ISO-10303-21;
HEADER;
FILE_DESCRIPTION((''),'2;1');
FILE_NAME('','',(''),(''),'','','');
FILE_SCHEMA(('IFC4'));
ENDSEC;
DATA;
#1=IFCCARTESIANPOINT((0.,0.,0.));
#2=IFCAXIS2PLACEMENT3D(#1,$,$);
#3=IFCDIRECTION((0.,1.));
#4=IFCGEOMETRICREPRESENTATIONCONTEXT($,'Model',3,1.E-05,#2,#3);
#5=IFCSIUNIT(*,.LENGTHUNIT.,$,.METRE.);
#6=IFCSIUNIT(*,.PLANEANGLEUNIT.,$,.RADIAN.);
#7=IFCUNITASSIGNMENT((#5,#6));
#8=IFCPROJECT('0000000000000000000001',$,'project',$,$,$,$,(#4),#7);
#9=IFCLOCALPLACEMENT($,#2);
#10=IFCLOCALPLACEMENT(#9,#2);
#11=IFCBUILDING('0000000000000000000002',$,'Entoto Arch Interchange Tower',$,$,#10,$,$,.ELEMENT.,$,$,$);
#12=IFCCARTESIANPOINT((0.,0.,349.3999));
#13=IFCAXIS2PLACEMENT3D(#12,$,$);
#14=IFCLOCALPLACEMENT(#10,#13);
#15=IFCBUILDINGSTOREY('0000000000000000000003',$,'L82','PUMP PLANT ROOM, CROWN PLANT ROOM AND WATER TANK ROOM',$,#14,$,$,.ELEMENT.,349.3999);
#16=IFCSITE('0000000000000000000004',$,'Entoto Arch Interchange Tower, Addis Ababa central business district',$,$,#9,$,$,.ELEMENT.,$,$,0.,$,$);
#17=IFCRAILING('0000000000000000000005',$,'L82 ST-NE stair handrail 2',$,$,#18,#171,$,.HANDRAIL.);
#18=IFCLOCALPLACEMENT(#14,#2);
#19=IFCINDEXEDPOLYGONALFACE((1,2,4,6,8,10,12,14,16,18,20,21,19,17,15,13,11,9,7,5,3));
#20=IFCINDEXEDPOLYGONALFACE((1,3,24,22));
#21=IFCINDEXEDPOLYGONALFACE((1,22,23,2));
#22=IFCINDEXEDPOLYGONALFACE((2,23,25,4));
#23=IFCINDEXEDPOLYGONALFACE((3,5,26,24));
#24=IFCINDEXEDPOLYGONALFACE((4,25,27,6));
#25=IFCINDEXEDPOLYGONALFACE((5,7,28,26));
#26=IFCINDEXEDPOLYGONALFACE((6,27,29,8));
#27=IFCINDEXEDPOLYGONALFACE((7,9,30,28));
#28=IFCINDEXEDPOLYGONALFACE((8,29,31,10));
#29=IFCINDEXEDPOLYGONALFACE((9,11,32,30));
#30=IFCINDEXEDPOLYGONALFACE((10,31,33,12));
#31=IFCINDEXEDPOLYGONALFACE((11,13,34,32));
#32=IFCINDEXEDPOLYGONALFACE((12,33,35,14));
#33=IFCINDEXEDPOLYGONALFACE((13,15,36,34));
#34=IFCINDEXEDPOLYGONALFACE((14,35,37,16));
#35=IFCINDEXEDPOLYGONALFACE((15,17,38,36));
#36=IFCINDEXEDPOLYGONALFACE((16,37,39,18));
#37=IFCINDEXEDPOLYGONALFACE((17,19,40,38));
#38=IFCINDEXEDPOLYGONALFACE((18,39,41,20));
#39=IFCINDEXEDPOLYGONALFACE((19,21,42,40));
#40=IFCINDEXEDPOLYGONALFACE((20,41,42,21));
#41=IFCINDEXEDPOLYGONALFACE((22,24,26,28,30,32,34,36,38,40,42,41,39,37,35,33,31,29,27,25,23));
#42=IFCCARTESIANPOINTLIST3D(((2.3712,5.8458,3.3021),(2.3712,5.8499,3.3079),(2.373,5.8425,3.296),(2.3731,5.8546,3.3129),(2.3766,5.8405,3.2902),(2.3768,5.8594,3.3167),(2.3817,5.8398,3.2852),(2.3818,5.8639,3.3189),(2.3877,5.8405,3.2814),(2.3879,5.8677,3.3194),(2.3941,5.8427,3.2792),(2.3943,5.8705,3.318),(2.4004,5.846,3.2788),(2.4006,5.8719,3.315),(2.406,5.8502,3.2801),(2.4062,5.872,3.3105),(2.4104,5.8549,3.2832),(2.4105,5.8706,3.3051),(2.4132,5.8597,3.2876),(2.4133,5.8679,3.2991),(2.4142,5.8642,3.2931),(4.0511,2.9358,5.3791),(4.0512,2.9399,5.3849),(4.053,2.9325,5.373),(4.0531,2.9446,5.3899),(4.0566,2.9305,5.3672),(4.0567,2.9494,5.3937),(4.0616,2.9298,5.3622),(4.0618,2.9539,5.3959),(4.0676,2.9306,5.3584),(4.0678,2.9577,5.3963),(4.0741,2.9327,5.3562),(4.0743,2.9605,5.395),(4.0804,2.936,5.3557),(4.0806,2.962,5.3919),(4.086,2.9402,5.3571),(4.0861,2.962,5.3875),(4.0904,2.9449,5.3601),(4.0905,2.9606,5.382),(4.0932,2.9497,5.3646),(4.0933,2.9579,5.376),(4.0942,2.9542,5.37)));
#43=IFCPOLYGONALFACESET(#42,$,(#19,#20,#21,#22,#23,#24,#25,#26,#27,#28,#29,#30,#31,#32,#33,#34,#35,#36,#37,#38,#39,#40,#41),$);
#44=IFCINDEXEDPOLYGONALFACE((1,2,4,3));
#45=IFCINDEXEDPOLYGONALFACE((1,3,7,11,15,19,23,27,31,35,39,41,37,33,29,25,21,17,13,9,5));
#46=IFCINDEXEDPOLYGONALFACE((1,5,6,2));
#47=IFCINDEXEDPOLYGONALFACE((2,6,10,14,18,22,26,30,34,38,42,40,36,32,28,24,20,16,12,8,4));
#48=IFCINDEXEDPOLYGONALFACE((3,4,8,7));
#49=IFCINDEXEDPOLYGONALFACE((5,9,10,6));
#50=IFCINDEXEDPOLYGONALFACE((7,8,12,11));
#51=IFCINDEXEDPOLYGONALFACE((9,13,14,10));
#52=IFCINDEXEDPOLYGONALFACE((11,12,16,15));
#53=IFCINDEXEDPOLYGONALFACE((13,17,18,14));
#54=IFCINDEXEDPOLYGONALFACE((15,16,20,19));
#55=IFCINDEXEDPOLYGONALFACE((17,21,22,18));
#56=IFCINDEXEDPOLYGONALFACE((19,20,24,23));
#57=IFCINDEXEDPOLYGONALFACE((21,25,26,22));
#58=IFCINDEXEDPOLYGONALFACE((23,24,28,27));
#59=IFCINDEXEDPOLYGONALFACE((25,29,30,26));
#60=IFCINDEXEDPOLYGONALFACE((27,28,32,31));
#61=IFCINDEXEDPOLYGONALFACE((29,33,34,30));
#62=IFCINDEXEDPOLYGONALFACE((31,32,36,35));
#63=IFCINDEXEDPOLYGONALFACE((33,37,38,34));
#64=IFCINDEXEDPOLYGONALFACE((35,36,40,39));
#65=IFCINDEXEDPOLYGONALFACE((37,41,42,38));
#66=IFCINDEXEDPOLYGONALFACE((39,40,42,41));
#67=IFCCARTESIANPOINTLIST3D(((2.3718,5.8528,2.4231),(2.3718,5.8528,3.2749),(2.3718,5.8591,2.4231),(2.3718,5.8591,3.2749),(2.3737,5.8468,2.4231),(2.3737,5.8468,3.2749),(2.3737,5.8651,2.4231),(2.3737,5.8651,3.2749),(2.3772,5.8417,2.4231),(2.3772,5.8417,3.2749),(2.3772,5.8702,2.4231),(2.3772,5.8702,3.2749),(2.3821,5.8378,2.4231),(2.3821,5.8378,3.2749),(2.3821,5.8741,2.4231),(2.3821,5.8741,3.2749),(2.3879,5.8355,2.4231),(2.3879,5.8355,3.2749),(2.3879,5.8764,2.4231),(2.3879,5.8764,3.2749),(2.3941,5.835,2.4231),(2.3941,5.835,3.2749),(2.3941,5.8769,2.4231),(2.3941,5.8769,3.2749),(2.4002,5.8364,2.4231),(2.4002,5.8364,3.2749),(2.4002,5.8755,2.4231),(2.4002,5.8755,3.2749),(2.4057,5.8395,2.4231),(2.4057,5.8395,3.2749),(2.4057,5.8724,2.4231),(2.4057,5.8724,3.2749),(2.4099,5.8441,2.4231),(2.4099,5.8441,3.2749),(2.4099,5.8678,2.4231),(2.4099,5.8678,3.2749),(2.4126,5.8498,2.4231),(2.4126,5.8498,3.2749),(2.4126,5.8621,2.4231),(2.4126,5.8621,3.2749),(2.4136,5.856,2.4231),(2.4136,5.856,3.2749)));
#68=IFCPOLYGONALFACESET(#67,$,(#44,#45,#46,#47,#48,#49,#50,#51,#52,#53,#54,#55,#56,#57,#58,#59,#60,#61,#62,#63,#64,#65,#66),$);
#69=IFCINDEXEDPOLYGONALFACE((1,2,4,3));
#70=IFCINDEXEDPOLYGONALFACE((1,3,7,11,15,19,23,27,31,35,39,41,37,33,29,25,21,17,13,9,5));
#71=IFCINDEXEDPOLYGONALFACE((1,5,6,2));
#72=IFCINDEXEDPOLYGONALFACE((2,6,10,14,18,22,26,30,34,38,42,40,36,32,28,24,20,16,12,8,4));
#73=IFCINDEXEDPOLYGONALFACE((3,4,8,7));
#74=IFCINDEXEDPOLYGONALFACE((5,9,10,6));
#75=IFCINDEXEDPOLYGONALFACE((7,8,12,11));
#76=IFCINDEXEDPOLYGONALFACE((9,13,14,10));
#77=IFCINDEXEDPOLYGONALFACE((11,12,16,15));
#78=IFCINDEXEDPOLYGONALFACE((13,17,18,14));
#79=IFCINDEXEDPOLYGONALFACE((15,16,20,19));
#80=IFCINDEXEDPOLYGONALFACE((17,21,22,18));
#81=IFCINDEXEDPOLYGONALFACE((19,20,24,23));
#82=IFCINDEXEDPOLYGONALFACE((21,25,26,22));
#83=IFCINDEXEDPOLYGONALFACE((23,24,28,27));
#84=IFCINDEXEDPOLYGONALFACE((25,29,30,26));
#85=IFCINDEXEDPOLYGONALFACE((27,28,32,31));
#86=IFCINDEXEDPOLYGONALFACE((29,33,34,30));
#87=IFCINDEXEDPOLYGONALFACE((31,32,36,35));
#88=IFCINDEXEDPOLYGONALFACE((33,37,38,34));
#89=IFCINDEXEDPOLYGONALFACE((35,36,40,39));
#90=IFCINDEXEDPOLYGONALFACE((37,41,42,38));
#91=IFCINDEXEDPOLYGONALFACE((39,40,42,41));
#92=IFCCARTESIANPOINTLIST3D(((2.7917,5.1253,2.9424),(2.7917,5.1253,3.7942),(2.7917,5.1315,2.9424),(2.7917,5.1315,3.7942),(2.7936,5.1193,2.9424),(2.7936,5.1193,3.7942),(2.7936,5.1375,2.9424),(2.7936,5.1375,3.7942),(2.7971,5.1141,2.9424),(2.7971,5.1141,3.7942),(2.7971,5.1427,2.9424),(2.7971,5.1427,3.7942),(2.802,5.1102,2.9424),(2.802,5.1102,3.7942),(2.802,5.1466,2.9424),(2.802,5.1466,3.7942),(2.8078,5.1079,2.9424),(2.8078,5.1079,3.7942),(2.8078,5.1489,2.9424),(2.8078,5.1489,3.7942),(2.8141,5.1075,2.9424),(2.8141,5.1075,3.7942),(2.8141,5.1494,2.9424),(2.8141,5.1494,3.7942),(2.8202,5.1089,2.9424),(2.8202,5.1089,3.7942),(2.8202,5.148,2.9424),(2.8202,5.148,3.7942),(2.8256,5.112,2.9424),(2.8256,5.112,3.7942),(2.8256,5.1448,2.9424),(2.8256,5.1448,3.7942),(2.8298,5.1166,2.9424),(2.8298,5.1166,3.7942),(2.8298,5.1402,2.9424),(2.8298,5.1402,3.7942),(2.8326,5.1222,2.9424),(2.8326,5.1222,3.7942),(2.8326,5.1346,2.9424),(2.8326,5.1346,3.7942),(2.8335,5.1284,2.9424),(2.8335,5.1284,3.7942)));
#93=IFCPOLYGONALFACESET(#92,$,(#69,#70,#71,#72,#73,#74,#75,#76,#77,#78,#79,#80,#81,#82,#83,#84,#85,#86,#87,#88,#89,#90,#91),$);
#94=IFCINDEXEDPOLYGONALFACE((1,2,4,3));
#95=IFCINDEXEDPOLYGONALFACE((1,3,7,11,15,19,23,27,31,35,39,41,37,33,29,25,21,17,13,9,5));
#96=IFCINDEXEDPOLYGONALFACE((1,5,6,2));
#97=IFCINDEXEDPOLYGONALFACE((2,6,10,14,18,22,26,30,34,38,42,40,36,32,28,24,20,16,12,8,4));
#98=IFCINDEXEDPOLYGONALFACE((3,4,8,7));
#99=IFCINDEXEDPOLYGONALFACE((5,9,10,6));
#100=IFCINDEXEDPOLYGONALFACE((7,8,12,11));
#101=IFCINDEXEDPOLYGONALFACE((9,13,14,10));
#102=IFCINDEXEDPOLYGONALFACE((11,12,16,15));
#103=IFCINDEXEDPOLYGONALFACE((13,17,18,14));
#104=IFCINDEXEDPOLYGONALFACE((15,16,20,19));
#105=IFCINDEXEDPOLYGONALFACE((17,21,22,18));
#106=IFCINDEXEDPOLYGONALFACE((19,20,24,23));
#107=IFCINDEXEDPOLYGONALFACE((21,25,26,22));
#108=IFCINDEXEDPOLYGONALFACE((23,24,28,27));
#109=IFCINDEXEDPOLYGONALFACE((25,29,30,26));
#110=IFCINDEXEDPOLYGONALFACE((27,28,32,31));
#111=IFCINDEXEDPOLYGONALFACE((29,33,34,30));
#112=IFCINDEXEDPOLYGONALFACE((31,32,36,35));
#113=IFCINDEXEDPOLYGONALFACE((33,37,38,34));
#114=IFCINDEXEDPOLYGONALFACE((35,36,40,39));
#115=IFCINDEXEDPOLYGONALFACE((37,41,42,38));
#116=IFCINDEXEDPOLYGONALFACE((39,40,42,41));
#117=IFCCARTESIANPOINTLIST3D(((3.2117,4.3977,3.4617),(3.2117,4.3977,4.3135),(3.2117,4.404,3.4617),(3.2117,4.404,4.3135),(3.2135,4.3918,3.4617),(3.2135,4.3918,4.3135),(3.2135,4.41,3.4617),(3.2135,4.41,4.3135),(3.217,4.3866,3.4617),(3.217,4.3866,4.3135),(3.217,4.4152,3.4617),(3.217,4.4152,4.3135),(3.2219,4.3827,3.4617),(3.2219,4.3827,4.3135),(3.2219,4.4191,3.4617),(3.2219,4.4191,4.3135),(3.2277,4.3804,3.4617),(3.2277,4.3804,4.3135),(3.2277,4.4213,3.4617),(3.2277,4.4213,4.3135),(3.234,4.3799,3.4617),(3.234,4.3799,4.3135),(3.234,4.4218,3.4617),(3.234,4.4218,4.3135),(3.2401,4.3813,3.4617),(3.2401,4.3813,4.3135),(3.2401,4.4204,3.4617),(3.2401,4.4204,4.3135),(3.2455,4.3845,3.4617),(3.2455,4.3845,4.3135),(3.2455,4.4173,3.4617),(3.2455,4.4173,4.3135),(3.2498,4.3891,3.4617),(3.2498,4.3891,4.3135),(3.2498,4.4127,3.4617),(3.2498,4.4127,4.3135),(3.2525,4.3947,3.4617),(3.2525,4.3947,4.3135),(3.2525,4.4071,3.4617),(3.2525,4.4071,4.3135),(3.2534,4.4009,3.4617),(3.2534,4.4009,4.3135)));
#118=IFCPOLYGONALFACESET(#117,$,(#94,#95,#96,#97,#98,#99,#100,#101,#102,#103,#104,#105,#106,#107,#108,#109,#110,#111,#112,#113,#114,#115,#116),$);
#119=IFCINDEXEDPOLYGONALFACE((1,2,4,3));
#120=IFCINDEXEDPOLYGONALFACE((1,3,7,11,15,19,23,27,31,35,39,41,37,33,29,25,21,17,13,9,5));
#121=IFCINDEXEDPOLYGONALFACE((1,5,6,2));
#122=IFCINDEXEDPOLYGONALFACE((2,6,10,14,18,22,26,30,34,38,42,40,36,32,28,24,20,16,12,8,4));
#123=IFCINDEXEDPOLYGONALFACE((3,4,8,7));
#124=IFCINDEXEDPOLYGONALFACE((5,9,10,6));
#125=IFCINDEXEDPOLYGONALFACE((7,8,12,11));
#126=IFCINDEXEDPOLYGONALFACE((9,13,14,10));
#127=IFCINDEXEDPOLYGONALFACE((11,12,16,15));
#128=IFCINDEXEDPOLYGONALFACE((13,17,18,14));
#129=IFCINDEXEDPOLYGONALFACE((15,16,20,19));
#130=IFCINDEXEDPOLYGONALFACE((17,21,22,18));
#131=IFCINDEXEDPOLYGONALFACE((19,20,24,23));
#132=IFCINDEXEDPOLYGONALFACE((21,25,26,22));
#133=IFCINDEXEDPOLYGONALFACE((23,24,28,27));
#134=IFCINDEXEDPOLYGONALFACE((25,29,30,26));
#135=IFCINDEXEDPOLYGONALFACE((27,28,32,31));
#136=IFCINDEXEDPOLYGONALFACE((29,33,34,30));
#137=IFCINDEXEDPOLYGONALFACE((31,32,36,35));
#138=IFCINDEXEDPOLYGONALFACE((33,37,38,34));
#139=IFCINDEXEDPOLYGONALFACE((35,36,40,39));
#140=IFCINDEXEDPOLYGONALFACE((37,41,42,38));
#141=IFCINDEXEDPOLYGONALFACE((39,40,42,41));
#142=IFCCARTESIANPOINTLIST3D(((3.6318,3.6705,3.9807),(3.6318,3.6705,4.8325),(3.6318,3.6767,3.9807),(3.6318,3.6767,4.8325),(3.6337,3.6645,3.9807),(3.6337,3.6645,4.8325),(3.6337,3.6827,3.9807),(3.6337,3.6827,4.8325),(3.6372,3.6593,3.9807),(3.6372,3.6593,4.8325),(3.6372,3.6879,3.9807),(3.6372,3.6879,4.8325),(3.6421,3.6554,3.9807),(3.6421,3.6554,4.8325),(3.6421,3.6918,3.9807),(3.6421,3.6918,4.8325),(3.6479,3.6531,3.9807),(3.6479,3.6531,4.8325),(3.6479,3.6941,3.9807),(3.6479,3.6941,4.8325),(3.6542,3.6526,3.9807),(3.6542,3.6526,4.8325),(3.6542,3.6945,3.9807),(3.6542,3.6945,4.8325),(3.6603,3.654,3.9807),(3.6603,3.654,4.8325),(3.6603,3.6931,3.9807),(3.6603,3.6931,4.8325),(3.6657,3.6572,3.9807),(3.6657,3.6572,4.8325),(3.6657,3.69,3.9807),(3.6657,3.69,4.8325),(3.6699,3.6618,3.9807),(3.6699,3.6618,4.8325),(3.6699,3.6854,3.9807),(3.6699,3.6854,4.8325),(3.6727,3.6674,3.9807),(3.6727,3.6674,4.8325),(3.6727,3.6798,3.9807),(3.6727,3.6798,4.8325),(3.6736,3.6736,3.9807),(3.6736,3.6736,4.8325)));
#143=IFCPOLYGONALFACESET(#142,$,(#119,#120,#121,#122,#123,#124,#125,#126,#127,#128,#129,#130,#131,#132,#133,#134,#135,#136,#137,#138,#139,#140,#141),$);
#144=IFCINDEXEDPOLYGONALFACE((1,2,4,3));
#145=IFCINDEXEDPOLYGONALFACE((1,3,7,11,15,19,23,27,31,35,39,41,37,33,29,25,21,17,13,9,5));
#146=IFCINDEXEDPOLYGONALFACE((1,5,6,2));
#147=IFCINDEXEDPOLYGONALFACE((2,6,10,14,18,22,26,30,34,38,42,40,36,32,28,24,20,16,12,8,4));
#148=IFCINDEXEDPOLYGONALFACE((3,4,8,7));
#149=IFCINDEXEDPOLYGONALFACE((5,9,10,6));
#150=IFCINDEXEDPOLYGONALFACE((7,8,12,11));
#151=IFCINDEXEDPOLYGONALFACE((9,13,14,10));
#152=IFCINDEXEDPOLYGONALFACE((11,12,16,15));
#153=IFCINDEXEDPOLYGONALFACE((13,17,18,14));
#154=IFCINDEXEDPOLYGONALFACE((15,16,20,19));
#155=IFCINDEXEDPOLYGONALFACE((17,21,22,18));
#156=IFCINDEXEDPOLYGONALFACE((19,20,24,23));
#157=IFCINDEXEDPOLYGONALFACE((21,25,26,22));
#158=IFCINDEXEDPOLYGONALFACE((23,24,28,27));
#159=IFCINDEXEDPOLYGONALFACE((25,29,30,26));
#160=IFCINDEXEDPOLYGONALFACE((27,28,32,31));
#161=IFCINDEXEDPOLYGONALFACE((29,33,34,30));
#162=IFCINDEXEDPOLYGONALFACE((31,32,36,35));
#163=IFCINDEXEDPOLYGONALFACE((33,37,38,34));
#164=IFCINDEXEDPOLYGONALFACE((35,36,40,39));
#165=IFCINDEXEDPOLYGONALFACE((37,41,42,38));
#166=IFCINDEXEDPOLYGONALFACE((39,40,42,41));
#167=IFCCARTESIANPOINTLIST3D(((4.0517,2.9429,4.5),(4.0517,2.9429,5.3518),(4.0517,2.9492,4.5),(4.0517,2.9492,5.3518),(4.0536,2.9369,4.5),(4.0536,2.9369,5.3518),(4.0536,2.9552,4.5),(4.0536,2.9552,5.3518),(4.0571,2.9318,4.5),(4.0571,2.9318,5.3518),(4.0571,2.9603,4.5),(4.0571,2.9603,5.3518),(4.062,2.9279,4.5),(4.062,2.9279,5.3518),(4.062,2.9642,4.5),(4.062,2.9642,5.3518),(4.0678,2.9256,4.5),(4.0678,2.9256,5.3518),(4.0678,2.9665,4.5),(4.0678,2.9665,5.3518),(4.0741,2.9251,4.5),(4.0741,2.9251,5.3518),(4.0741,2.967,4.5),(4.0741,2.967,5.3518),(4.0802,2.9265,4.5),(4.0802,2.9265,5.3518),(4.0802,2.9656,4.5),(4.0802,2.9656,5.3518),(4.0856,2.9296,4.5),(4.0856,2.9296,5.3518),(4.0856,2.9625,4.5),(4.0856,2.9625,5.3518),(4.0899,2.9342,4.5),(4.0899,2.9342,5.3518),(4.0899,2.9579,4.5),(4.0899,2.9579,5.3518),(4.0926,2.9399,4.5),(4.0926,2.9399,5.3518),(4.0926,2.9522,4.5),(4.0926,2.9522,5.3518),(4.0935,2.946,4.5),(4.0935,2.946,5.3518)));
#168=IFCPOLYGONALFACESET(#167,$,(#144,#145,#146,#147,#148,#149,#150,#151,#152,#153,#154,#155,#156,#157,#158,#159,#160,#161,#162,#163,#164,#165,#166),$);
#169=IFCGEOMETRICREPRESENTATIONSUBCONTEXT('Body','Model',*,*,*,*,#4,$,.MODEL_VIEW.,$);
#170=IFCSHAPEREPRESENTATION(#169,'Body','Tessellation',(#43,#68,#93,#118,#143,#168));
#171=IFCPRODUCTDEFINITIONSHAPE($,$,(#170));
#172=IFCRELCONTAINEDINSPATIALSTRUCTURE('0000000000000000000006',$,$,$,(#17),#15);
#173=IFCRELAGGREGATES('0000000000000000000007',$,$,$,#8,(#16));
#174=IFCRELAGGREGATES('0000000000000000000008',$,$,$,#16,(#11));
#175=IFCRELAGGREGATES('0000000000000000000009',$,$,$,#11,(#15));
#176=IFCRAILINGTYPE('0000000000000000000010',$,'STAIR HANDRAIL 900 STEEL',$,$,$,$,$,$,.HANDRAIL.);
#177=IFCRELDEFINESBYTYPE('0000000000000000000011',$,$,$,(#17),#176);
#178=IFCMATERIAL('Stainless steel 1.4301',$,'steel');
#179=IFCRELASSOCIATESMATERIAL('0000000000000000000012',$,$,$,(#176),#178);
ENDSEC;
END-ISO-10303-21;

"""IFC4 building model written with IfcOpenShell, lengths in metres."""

from ifc_helpers import new_model, si_unit, direction, frame, origin, origin_2d, place, context, subcontext, project, spatial, circle, extrude, material, type_object, element, save


model = new_model("IFC4")

# Units and contexts
model_context = context("Model", 3, precision=1e-05, world=origin(), true_north=direction((0.0, 1.0)))
body_context = subcontext(model_context, "Body", "Model", "MODEL_VIEW")
ifc_project = project(units=[si_unit("LENGTHUNIT", "METRE"), si_unit("PLANEANGLEUNIT", "RADIAN")], contexts=[model_context])

# Site, building, storey
site_placement = place(None, origin())
site = spatial("IfcSite", under=ifc_project, at=site_placement, Name="Entoto Arch Interchange Tower, Addis Ababa central business district", CompositionType="ELEMENT", RefElevation=0.0)
building_placement = place(site_placement, origin())
building = spatial("IfcBuilding", under=site, at=building_placement, Name="Entoto Arch Interchange Tower", CompositionType="ELEMENT")
storey_placement = place(building_placement, frame((0.0, 0.0, 349.3999)))
storey = spatial("IfcBuildingStorey", under=building, at=storey_placement, Name="L82", Description="PUMP PLANT ROOM, CROWN PLANT ROOM AND WATER TANK ROOM", CompositionType="ELEMENT", Elevation=349.3999)

# Railing
ifc_material_1 = material(Name="Stainless steel 1.4301", Category="steel")
railing_type_1 = type_object("IfcRailingType", Name="STAIR HANDRAIL 900 STEEL", PredefinedType="HANDRAIL", material=ifc_material_1)
railing_1_placement = place(storey_placement, frame((2.3926, 5.856, 2.4231)))
element("IfcRailing", 1, at=railing_1_placement, inside=storey, type_object=railing_type_1, Name="L82 ST-NE stair handrail 2", PredefinedType="HANDRAIL", context=body_context, shape_type="SweptSolid", body=[
    extrude(circle(Radius=0.0239, at=origin_2d()), frame((0.0, 0.0, 0.876), z_axis=(0.425288, -0.736668, 0.525785), x_axis=(0.866039, 0.499976, 0.0)), (0.0, 0.0, 1.0), 3.9502),
    extrude(circle(Radius=0.021, at=origin_2d()), origin(), (0.0, 0.0, 1.0), 0.8518),
    extrude(circle(Radius=0.021, at=origin_2d()), frame((0.4199, -0.7275, 0.5193)), (0.0, 0.0, 1.0), 0.8518),
    extrude(circle(Radius=0.021, at=origin_2d()), frame((0.8398, -1.4551, 1.0386)), (0.0, 0.0, 1.0), 0.8518),
    extrude(circle(Radius=0.021, at=origin_2d()), frame((1.26, -2.1824, 1.5576)), (0.0, 0.0, 1.0), 0.8518),
    extrude(circle(Radius=0.021, at=origin_2d()), frame((1.6799, -2.9099, 2.0769)), (0.0, 0.0, 1.0), 0.8518),
])

save(model, "model.ifc")
